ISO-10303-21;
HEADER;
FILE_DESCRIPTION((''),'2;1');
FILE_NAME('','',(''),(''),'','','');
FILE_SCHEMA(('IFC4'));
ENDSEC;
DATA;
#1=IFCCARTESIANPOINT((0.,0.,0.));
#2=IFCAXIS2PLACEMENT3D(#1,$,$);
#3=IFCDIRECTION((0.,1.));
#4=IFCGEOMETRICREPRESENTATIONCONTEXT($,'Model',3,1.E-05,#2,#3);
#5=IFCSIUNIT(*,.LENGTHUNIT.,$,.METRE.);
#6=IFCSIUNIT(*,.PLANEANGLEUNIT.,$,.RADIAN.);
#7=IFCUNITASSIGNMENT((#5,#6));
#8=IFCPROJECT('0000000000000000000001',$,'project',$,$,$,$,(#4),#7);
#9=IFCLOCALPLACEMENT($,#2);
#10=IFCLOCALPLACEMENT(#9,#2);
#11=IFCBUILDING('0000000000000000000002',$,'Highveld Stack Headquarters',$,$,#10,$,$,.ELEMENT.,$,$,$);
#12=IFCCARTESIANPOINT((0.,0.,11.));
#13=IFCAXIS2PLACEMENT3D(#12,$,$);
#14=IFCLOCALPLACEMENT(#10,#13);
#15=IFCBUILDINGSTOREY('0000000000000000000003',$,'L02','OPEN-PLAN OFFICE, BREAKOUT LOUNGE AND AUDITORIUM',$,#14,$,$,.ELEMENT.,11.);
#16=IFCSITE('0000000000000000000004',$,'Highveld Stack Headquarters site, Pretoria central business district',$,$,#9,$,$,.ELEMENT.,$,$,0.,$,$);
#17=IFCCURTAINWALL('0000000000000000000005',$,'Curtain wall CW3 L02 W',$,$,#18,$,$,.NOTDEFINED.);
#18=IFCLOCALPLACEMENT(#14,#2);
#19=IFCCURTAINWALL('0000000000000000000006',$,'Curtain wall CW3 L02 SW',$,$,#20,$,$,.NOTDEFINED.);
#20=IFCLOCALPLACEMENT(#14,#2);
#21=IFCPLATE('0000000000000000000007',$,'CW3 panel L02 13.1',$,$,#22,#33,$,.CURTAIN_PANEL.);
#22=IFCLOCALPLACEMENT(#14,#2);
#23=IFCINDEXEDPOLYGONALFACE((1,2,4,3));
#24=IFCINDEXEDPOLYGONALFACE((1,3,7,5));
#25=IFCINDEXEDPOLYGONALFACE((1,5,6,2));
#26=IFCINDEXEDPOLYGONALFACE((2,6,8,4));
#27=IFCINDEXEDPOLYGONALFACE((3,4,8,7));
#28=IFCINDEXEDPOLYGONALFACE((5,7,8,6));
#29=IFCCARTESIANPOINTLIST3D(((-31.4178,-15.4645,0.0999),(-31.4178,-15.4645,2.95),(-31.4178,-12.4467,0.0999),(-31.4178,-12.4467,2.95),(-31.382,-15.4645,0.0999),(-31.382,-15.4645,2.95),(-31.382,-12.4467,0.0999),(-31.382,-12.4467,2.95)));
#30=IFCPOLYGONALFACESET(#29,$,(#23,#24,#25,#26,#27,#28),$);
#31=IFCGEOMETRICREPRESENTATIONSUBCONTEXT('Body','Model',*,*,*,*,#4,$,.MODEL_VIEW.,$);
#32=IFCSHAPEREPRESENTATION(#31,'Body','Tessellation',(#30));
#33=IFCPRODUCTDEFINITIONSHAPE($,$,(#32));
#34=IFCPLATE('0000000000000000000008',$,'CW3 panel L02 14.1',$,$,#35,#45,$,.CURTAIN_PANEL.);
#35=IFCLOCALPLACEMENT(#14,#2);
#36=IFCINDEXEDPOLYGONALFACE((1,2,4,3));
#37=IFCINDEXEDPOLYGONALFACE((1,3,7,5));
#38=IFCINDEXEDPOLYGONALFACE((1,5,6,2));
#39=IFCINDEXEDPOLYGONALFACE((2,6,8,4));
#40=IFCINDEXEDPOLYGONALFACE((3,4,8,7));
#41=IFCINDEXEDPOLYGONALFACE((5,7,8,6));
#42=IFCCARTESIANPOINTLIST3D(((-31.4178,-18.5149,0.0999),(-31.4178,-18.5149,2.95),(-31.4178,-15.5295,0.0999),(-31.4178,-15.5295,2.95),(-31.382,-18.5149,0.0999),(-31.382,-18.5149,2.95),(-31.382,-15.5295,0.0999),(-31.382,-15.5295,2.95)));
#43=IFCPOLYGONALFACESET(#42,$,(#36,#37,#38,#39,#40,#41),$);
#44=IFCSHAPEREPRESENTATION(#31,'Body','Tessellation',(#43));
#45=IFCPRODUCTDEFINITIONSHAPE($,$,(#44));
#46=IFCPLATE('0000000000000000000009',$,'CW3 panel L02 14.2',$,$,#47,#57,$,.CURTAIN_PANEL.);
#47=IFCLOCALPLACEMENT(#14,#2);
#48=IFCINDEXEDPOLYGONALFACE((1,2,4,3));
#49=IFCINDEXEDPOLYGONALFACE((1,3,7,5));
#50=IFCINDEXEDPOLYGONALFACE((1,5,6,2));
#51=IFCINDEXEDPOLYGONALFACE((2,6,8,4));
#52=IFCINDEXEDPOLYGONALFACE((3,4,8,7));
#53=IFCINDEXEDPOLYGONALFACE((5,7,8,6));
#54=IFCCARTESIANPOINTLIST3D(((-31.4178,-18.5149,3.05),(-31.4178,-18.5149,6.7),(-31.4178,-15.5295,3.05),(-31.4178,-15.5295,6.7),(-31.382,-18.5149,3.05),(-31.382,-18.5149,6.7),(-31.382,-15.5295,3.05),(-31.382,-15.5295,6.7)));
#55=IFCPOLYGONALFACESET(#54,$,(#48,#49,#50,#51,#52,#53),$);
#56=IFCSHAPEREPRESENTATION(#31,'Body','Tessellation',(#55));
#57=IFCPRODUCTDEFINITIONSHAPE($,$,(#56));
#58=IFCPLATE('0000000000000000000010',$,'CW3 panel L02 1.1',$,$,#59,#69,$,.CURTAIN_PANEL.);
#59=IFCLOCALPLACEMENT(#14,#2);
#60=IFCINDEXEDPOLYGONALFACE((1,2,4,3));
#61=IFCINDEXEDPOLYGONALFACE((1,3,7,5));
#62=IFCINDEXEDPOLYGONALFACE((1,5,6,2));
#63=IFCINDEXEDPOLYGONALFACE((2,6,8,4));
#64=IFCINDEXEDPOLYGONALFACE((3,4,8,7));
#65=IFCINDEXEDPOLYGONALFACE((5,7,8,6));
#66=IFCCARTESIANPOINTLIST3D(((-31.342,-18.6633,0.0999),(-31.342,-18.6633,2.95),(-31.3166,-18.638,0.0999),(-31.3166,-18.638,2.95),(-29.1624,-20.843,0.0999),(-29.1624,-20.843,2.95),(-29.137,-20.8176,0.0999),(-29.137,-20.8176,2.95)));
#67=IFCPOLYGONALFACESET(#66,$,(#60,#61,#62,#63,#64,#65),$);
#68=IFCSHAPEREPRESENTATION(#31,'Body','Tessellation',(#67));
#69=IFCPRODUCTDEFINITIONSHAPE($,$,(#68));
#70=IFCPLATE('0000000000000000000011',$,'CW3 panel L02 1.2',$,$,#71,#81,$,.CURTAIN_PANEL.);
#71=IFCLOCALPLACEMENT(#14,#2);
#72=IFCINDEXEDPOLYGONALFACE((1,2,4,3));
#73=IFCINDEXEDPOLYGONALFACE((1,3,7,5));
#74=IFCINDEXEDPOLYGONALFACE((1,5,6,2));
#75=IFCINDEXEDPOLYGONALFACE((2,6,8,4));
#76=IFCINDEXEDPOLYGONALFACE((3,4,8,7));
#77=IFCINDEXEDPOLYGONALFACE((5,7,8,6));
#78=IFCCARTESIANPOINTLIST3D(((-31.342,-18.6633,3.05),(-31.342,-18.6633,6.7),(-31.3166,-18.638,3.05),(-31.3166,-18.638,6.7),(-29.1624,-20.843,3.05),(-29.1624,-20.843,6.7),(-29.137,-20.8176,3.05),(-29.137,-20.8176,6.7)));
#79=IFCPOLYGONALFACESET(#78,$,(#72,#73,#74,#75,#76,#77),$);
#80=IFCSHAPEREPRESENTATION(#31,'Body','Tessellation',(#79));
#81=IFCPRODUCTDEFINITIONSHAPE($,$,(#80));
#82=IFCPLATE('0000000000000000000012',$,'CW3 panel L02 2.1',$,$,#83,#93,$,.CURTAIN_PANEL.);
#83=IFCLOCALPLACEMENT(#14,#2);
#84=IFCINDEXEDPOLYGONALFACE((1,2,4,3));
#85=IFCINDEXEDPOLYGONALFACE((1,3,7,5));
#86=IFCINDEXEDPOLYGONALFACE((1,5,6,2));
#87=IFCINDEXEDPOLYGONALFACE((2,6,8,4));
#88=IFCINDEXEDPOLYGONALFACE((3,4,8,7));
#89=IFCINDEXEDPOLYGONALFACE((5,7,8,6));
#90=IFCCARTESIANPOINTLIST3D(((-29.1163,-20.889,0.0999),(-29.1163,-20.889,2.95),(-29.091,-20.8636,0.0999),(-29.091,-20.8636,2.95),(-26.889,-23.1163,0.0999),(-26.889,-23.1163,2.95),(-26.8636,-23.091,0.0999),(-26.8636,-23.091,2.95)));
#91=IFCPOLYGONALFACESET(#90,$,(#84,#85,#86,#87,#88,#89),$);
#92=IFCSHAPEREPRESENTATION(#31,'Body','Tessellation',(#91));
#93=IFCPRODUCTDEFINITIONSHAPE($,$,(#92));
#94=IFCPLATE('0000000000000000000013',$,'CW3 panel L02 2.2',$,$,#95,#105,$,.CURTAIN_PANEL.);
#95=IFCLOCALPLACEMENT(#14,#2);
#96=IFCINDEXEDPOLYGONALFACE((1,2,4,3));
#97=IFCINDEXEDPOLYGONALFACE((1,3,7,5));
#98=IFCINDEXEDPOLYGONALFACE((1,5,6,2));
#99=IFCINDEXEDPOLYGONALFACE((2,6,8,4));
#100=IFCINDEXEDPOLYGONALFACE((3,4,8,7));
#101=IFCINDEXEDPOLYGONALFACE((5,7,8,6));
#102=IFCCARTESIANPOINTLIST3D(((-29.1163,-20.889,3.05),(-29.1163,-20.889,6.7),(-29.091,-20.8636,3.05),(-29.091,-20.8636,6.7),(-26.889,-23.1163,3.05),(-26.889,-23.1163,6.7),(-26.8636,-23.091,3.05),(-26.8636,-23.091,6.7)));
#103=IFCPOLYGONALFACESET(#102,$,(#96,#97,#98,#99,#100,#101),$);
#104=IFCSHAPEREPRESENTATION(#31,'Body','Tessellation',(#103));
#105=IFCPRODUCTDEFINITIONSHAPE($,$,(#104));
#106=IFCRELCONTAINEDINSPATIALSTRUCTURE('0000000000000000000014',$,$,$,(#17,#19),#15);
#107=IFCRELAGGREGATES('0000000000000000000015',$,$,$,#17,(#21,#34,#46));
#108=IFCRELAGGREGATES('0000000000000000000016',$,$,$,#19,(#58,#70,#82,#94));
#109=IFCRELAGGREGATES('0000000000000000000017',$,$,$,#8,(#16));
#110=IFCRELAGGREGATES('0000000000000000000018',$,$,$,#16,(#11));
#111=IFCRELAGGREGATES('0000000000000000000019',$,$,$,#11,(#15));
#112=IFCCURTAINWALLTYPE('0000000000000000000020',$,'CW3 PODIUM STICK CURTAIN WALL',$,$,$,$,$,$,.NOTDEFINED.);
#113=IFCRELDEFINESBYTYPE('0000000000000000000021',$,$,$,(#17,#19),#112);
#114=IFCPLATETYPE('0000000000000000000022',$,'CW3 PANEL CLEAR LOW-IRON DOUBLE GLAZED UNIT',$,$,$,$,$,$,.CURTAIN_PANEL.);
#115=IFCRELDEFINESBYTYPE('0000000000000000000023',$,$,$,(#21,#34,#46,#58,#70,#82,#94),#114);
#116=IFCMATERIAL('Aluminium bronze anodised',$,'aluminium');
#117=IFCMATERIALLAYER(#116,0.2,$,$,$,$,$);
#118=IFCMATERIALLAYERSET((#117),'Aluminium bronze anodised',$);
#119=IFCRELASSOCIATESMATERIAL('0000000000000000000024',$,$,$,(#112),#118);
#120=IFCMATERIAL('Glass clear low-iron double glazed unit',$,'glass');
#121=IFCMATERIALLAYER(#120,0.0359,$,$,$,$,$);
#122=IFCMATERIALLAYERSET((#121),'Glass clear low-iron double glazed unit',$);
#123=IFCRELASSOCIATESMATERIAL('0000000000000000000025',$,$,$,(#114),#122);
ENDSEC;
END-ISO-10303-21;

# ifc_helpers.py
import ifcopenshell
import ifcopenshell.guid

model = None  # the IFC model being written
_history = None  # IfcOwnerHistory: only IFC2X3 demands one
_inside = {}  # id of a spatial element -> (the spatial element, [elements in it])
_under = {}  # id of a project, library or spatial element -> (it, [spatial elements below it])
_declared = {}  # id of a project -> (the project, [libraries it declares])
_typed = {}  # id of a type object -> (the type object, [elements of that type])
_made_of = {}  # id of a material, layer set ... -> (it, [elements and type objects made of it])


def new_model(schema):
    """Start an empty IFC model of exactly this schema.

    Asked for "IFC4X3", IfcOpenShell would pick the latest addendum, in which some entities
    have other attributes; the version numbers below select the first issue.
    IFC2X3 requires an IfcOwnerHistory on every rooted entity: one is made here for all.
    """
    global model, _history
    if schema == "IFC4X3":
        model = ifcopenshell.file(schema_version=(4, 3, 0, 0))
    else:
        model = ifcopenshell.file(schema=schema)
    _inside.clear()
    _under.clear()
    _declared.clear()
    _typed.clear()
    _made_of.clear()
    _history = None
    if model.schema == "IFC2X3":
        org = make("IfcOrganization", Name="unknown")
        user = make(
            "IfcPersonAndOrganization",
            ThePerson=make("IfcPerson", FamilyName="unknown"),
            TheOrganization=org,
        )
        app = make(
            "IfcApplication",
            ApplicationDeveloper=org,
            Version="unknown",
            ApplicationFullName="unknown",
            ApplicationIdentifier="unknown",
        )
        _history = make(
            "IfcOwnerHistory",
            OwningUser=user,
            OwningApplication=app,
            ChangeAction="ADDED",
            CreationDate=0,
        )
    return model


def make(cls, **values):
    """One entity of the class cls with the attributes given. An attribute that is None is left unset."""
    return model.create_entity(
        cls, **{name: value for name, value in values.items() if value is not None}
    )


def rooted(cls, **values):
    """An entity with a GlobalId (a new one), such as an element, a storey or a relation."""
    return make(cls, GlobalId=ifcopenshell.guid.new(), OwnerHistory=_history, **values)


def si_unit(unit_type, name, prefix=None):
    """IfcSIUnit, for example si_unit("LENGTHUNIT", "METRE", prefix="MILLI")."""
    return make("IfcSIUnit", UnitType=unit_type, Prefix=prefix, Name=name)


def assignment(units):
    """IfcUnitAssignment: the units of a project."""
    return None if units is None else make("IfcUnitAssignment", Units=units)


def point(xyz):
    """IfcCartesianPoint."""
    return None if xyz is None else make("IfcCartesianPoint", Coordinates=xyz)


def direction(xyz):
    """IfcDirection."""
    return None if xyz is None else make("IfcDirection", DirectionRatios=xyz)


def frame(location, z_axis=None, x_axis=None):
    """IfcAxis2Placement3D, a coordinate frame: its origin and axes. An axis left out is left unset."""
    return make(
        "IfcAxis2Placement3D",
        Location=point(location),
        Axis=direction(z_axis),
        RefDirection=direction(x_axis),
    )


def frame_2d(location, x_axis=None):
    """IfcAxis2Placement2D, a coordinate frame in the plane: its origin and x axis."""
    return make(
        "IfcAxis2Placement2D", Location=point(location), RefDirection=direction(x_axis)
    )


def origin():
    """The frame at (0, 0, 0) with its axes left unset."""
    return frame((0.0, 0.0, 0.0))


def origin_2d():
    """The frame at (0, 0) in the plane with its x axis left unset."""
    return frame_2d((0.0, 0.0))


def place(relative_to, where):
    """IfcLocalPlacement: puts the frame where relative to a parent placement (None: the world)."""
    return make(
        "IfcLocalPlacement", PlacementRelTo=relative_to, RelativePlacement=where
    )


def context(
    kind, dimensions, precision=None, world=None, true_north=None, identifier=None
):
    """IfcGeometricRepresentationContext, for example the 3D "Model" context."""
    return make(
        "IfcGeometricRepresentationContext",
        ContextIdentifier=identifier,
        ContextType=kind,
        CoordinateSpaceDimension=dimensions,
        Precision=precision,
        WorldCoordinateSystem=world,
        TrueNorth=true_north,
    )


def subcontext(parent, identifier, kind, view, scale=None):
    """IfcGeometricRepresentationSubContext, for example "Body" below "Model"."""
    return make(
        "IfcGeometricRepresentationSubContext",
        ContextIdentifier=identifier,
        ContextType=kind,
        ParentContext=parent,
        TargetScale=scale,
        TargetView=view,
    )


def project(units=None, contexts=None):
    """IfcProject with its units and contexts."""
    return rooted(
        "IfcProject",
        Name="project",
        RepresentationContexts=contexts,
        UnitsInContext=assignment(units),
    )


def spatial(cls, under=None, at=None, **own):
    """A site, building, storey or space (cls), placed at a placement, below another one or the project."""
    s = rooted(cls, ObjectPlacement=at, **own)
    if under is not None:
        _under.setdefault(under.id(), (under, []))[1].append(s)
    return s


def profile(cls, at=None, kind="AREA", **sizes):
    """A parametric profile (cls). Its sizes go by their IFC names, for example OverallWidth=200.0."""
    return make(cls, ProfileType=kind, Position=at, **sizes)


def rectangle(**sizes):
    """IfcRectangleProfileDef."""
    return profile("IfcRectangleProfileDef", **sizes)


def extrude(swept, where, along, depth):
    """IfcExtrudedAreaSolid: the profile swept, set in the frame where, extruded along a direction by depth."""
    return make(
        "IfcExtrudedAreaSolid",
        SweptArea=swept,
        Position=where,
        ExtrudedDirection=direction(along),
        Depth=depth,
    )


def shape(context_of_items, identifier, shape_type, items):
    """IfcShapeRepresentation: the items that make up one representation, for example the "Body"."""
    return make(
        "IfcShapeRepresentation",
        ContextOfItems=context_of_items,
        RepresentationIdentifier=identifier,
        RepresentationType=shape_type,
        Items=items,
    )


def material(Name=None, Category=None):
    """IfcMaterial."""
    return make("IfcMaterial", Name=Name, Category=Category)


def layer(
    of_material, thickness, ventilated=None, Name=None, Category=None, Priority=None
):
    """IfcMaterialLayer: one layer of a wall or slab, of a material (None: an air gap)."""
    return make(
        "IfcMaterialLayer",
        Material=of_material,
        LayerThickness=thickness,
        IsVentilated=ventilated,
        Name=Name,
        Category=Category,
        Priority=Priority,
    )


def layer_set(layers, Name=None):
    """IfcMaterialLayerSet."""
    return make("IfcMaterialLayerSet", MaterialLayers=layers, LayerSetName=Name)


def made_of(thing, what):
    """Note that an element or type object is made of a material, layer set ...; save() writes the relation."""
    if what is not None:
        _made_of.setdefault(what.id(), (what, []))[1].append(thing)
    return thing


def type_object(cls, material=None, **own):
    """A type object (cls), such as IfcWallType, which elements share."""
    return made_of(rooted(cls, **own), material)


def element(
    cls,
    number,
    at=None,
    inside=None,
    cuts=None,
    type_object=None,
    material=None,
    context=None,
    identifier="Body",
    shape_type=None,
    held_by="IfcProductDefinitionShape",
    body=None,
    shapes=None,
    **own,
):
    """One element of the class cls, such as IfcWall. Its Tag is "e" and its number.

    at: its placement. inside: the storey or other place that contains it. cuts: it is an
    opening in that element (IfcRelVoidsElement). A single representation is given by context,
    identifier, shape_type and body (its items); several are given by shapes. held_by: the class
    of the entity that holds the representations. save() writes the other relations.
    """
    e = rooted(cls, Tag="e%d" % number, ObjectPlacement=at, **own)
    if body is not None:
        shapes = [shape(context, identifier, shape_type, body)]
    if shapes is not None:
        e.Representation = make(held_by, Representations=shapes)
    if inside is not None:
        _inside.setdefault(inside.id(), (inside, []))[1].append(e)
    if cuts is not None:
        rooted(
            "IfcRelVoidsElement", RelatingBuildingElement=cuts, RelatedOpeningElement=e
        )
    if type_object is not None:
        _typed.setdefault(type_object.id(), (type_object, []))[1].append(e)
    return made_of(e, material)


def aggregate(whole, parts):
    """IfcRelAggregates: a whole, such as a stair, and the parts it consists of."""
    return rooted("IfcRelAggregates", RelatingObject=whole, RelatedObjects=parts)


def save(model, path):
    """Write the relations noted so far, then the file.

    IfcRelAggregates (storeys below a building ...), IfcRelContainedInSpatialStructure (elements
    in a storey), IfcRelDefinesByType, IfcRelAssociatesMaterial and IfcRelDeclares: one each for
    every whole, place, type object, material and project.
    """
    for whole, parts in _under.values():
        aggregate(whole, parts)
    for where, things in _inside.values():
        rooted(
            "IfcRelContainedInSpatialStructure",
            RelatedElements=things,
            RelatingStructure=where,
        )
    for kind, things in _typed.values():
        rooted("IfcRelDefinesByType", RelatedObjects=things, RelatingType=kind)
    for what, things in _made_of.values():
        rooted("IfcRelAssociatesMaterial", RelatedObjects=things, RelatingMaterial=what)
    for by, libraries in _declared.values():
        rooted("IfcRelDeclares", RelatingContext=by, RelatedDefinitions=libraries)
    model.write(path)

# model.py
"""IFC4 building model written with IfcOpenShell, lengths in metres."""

from ifc_helpers import new_model, si_unit, direction, frame, origin, origin_2d, place, context, subcontext, project, spatial, rectangle, extrude, material, layer, layer_set, type_object, element, aggregate, save


model = new_model("IFC4")

# Units and contexts
model_context = context("Model", 3, precision=1e-05, world=origin(), true_north=direction((0.0, 1.0)))
body_context = subcontext(model_context, "Body", "Model", "MODEL_VIEW")
ifc_project = project(units=[si_unit("LENGTHUNIT", "METRE"), si_unit("PLANEANGLEUNIT", "RADIAN")], contexts=[model_context])

# Site, building, storey
site_placement = place(None, origin())
site = spatial("IfcSite", under=ifc_project, at=site_placement, Name="Highveld Stack Headquarters site, Pretoria central business district", CompositionType="ELEMENT", RefElevation=0.0)
building_placement = place(site_placement, origin())
building = spatial("IfcBuilding", under=site, at=building_placement, Name="Highveld Stack Headquarters", CompositionType="ELEMENT")
storey_placement = place(building_placement, frame((0.0, 0.0, 11.0)))
storey = spatial("IfcBuildingStorey", under=building, at=storey_placement, Name="L02", Description="OPEN-PLAN OFFICE, BREAKOUT LOUNGE AND AUDITORIUM", CompositionType="ELEMENT", Elevation=11.0)

# Curtain walls
ifc_material_1 = material(Name="Aluminium bronze anodised", Category="aluminium")
ifc_layer_1 = layer(ifc_material_1, 0.2)
ifc_layer_set_1 = layer_set([ifc_layer_1], Name="Aluminium bronze anodised")
curtain_wall_type = type_object("IfcCurtainWallType", Name="CW3 PODIUM STICK CURTAIN WALL", PredefinedType="NOTDEFINED", material=ifc_layer_set_1)
curtain_wall_1_placement = place(storey_placement, origin())
curtain_wall_1 = element("IfcCurtainWall", 1, at=curtain_wall_1_placement, inside=storey, type_object=curtain_wall_type, Name="Curtain wall CW3 L02 W", PredefinedType="NOTDEFINED")
curtain_wall_2_placement = place(storey_placement, origin())
curtain_wall_2 = element("IfcCurtainWall", 2, at=curtain_wall_2_placement, inside=storey, type_object=curtain_wall_type, Name="Curtain wall CW3 L02 SW", PredefinedType="NOTDEFINED")

# Plates
ifc_material_2 = material(Name="Glass clear low-iron double glazed unit", Category="glass")
ifc_layer_2 = layer(ifc_material_2, 0.0359)
ifc_layer_set_2 = layer_set([ifc_layer_2], Name="Glass clear low-iron double glazed unit")
plate_type = type_object("IfcPlateType", Name="CW3 PANEL CLEAR LOW-IRON DOUBLE GLAZED UNIT", PredefinedType="CURTAIN_PANEL", material=ifc_layer_set_2)
plate_1_placement = place(storey_placement, frame((-31.3999, -13.9556, 0.0999), z_axis=(0.0, 0.0, 1.0), x_axis=(0.0, -1.0, 0.0)))
plate_1 = element("IfcPlate", 3, at=plate_1_placement, type_object=plate_type, Name="CW3 panel L02 13.1", PredefinedType="CURTAIN_PANEL", context=body_context, shape_type="SweptSolid", body=[
    extrude(rectangle(XDim=3.0178, YDim=0.0359, at=origin_2d()), origin(), (0.0, 0.0, 1.0), 2.8501),
])
plate_2_placement = place(storey_placement, frame((-31.3999, -17.0222, 0.0999), z_axis=(0.0, 0.0, 1.0), x_axis=(0.0, -1.0, 0.0)))
plate_2 = element("IfcPlate", 4, at=plate_2_placement, type_object=plate_type, Name="CW3 panel L02 14.1", PredefinedType="CURTAIN_PANEL", context=body_context, shape_type="SweptSolid", body=[
    extrude(rectangle(XDim=2.9854, YDim=0.0359, at=origin_2d()), origin(), (0.0, 0.0, 1.0), 2.8501),
])
plate_3_placement = place(storey_placement, frame((-31.3999, -17.0222, 3.05), z_axis=(0.0, 0.0, 1.0), x_axis=(0.0, -1.0, 0.0)))
plate_3 = element("IfcPlate", 5, at=plate_3_placement, type_object=plate_type, Name="CW3 panel L02 14.2", PredefinedType="CURTAIN_PANEL", context=body_context, shape_type="SweptSolid", body=[
    extrude(rectangle(XDim=2.9854, YDim=0.0359, at=origin_2d()), origin(), (0.0, 0.0, 1.0), 3.6499),
])
aggregate(curtain_wall_1, [plate_1, plate_2, plate_3])
plate_4_placement = place(storey_placement, frame((-30.2395, -19.7405, 0.0999), z_axis=(0.0, 0.0, 1.0), x_axis=(0.707107, -0.707107, 0.0)))
plate_4 = element("IfcPlate", 6, at=plate_4_placement, type_object=plate_type, Name="CW3 panel L02 1.1", PredefinedType="CURTAIN_PANEL", context=body_context, shape_type="SweptSolid", body=[
    extrude(rectangle(XDim=3.0825, YDim=0.0359, at=origin_2d()), origin(), (0.0, 0.0, 1.0), 2.8501),
])
plate_5_placement = place(storey_placement, frame((-30.2395, -19.7405, 3.05), z_axis=(0.0, 0.0, 1.0), x_axis=(0.707107, -0.707107, 0.0)))
plate_5 = element("IfcPlate", 7, at=plate_5_placement, type_object=plate_type, Name="CW3 panel L02 1.2", PredefinedType="CURTAIN_PANEL", context=body_context, shape_type="SweptSolid", body=[
    extrude(rectangle(XDim=3.0825, YDim=0.0359, at=origin_2d()), origin(), (0.0, 0.0, 1.0), 3.6499),
])
plate_6_placement = place(storey_placement, frame((-27.99, -21.99, 0.0999), z_axis=(0.0, 0.0, 1.0), x_axis=(0.707107, -0.707107, 0.0)))
plate_6 = element("IfcPlate", 8, at=plate_6_placement, type_object=plate_type, Name="CW3 panel L02 2.1", PredefinedType="CURTAIN_PANEL", context=body_context, shape_type="SweptSolid", body=[
    extrude(rectangle(XDim=3.1499, YDim=0.0359, at=origin_2d()), origin(), (0.0, 0.0, 1.0), 2.8501),
])
plate_7_placement = place(storey_placement, frame((-27.99, -21.99, 3.05), z_axis=(0.0, 0.0, 1.0), x_axis=(0.707107, -0.707107, 0.0)))
plate_7 = element("IfcPlate", 9, at=plate_7_placement, type_object=plate_type, Name="CW3 panel L02 2.2", PredefinedType="CURTAIN_PANEL", context=body_context, shape_type="SweptSolid", body=[
    extrude(rectangle(XDim=3.1499, YDim=0.0359, at=origin_2d()), origin(), (0.0, 0.0, 1.0), 3.6499),
])
aggregate(curtain_wall_2, [plate_4, plate_5, plate_6, plate_7])

save(model, "model.ifc")
